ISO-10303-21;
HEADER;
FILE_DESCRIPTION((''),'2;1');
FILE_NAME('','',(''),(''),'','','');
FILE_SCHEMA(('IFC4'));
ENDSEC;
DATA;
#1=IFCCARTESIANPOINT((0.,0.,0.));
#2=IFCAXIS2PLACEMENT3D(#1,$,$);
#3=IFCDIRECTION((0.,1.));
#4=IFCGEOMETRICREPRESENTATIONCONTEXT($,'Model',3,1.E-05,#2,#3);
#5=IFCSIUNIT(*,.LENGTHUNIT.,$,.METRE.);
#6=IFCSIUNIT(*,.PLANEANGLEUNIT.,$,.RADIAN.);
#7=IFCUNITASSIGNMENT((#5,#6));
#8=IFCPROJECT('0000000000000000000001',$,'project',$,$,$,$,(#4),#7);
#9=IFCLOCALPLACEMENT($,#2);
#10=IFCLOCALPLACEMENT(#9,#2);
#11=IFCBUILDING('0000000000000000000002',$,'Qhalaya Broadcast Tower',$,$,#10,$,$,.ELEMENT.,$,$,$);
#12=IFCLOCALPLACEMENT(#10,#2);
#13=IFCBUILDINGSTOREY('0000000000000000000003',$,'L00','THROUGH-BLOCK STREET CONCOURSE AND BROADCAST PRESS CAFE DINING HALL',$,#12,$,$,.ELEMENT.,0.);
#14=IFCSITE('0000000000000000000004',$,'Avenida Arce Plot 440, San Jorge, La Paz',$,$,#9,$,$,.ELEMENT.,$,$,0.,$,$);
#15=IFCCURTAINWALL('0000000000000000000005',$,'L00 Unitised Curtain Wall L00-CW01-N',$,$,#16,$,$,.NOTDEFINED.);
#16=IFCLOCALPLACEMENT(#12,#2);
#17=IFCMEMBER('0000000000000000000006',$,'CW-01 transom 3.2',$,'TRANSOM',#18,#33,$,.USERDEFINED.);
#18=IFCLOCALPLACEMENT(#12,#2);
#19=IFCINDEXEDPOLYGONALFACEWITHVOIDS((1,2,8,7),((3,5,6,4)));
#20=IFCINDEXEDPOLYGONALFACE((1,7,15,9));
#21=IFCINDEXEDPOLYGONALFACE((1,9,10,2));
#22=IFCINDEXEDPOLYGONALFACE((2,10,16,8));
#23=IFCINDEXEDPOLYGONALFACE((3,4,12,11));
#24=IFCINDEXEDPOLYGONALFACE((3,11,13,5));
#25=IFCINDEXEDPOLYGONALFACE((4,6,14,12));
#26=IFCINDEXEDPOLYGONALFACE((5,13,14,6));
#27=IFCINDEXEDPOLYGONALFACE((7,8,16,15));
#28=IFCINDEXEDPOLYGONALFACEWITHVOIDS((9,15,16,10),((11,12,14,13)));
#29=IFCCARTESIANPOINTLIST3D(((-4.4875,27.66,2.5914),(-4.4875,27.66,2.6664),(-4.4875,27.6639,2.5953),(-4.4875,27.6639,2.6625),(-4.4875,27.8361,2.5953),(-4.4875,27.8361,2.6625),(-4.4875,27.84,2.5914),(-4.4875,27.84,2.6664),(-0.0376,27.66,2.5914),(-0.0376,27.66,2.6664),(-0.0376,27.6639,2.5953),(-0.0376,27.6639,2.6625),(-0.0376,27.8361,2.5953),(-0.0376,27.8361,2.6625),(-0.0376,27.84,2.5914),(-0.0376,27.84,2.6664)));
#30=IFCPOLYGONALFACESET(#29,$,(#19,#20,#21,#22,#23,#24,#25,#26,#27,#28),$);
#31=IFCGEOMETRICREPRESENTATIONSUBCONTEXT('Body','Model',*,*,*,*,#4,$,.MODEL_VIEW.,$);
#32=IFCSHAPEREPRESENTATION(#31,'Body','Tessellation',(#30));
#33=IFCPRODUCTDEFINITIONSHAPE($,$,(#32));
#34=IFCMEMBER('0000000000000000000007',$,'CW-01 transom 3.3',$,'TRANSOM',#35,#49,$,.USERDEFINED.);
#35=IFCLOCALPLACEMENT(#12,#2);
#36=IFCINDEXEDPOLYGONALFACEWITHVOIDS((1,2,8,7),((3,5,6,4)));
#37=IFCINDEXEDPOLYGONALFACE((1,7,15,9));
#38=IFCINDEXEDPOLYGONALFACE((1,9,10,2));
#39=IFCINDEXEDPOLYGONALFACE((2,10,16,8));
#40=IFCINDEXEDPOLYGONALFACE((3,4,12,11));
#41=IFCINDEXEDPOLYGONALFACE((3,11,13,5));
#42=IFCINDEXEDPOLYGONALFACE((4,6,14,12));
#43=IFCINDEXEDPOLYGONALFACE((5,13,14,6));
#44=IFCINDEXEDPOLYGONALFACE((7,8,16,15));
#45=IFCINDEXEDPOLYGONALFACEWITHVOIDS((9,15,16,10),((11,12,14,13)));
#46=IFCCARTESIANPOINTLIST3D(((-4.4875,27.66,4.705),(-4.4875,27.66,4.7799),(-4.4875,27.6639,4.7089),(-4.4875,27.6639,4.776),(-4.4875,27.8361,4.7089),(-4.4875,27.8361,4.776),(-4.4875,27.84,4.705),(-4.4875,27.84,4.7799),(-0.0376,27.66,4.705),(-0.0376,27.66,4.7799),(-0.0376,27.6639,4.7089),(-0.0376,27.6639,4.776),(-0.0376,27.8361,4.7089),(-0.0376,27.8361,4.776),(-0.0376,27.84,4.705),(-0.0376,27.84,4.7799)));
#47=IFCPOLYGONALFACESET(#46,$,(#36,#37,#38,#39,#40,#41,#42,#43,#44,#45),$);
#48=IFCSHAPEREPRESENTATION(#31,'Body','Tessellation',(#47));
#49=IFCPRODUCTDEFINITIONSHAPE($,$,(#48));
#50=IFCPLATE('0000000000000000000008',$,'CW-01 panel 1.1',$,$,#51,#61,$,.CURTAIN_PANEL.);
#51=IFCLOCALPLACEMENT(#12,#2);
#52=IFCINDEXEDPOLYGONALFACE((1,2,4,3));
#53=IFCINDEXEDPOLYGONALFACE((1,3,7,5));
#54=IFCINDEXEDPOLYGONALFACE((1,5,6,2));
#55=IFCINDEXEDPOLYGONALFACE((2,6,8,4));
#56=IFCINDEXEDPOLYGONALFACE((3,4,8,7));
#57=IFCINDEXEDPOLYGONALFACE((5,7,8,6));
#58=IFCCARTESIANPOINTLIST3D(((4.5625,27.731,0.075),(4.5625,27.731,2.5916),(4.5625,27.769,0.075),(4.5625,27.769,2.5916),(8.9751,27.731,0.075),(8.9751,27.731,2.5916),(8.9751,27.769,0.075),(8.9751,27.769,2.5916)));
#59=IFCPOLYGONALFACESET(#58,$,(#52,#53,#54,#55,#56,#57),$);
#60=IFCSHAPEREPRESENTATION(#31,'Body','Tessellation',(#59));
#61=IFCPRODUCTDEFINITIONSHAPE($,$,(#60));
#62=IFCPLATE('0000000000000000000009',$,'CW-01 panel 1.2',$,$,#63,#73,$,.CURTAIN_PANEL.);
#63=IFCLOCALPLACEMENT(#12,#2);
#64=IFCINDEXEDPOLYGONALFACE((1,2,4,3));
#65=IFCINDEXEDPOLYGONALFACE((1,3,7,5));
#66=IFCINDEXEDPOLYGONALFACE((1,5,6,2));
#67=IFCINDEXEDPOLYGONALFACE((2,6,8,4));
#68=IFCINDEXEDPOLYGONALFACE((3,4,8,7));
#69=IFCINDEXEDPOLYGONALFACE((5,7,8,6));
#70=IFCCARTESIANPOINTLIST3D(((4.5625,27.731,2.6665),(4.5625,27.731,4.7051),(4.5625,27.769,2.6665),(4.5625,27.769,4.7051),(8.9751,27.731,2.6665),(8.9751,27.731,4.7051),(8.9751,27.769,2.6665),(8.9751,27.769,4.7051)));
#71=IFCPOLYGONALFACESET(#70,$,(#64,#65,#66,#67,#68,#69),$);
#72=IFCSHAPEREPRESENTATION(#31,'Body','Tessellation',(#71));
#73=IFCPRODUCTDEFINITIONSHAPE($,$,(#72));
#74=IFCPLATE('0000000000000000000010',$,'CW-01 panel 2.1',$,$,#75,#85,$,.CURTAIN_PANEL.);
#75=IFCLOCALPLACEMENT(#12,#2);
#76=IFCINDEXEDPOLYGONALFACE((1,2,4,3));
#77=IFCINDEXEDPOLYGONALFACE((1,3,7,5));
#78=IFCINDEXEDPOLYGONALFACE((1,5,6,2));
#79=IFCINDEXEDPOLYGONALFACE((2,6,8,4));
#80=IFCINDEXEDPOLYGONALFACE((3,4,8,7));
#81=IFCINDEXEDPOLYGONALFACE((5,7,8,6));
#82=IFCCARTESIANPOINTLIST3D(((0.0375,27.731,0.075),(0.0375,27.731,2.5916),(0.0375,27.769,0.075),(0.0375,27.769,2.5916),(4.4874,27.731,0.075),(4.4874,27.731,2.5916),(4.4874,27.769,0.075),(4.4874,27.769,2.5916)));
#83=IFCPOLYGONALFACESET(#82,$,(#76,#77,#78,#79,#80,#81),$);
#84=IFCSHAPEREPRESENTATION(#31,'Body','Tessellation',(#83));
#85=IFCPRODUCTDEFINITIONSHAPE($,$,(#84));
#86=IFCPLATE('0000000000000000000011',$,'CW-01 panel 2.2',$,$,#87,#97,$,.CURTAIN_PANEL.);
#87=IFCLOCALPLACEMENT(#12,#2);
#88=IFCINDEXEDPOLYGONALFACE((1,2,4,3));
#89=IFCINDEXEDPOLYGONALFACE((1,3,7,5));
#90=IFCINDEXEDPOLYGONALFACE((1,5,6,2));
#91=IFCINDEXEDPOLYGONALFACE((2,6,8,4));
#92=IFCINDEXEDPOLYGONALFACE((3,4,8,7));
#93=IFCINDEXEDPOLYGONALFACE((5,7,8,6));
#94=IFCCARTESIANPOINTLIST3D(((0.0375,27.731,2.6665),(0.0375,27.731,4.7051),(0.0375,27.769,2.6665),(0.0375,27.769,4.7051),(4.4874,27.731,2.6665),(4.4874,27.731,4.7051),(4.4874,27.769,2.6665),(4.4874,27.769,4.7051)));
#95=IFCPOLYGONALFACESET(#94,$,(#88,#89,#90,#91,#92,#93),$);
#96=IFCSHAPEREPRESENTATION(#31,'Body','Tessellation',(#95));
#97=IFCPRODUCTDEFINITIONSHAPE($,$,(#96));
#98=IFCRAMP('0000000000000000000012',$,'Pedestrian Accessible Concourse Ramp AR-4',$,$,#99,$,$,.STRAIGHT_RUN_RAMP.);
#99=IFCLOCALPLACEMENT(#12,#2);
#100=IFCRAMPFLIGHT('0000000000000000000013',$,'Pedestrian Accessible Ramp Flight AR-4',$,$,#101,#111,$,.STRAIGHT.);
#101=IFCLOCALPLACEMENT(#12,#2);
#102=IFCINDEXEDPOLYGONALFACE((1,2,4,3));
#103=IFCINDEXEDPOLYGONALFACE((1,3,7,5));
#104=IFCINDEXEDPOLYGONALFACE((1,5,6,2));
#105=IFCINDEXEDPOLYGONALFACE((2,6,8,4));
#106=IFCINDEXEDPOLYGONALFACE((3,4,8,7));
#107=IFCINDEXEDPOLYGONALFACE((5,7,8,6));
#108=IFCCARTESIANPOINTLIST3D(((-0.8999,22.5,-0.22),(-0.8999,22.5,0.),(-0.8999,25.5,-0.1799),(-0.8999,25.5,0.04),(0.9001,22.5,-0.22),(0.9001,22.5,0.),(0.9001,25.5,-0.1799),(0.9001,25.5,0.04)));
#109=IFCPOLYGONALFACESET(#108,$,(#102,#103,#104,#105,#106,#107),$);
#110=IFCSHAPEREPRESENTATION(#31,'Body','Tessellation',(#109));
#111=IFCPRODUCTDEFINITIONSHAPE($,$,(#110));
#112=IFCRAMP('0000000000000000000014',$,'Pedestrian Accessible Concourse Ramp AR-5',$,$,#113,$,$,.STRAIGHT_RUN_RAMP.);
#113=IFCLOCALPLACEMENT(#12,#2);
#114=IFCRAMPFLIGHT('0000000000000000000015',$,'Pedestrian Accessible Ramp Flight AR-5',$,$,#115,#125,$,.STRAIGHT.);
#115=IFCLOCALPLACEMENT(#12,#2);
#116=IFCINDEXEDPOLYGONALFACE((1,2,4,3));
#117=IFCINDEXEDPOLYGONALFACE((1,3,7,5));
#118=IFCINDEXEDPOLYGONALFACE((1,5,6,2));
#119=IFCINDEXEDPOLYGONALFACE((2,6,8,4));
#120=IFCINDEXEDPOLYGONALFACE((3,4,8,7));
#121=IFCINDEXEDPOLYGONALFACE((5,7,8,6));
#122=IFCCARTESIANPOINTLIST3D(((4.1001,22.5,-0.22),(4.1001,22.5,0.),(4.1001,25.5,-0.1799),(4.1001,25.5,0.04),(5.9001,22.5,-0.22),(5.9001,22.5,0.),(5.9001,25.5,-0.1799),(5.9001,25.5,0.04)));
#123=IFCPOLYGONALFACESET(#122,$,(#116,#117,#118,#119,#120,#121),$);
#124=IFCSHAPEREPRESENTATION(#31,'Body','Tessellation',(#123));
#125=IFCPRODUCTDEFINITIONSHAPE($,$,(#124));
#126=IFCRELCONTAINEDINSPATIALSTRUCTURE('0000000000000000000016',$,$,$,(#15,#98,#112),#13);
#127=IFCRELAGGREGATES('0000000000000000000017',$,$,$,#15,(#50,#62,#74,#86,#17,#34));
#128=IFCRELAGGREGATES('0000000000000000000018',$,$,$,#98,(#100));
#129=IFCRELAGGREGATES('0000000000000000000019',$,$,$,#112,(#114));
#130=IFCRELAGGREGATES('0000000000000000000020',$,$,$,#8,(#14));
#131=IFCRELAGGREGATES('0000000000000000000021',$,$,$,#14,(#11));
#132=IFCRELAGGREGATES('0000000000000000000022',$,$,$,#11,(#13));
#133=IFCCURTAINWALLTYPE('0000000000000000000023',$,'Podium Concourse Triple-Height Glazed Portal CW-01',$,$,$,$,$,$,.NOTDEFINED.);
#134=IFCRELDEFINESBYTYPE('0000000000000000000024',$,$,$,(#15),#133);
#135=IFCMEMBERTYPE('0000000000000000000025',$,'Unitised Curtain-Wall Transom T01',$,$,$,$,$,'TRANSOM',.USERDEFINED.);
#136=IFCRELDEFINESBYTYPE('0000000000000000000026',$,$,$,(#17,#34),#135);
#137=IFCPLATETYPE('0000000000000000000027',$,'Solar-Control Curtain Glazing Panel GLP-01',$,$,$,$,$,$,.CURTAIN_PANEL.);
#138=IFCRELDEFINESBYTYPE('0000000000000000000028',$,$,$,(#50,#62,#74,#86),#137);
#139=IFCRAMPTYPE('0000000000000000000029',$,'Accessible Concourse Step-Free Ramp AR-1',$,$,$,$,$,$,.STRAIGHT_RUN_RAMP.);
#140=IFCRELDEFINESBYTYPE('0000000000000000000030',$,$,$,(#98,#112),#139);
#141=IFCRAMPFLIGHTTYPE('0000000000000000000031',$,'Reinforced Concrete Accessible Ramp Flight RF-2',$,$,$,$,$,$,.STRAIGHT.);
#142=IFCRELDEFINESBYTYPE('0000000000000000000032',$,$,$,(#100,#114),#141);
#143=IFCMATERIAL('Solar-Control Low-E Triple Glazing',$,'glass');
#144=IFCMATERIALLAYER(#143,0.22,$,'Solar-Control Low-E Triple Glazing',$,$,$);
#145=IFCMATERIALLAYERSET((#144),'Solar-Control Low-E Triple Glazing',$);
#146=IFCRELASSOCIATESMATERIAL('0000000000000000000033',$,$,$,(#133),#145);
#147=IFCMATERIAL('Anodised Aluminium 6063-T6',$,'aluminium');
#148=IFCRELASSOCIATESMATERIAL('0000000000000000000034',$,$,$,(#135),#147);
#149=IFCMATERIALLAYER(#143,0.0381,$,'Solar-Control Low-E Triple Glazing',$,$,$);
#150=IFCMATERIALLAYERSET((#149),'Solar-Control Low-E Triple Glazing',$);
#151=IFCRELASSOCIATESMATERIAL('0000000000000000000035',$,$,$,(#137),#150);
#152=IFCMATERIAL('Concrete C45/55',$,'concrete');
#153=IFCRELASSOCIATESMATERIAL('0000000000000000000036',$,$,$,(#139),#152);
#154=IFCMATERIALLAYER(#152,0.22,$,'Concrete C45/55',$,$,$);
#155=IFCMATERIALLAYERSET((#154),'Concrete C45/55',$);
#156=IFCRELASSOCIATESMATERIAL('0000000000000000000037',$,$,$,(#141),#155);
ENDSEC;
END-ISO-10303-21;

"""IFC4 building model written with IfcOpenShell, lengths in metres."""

from ifc_helpers import new_model, si_unit, direction, frame, origin, origin_2d, place, context, subcontext, project, spatial, polyline, rectangle, hollow_rectangle, outline, extrude, material, layer, layer_set, material_profile, profile_set, type_object, element, aggregate, save


model = new_model("IFC4")

# Units and contexts
model_context = context("Model", 3, precision=1e-05, world=origin(), true_north=direction((0.0, 1.0)))
body_context = subcontext(model_context, "Body", "Model", "MODEL_VIEW")
ifc_project = project(units=[si_unit("LENGTHUNIT", "METRE"), si_unit("PLANEANGLEUNIT", "RADIAN")], contexts=[model_context])

# Site, building, storey
site_placement = place(None, origin())
site = spatial("IfcSite", under=ifc_project, at=site_placement, Name="Avenida Arce Plot 440, San Jorge, La Paz", CompositionType="ELEMENT", RefElevation=0.0)
building_placement = place(site_placement, origin())
building = spatial("IfcBuilding", under=site, at=building_placement, Name="Qhalaya Broadcast Tower", CompositionType="ELEMENT")
storey_placement = place(building_placement, origin())
storey = spatial("IfcBuildingStorey", under=building, at=storey_placement, Name="L00", Description="THROUGH-BLOCK STREET CONCOURSE AND BROADCAST PRESS CAFE DINING HALL", CompositionType="ELEMENT", Elevation=0.0)

# Curtain wall, members, plates
ifc_material_1 = material(Name="Solar-Control Low-E Triple Glazing", Category="glass")
ifc_layer_1 = layer(ifc_material_1, 0.22, Name="Solar-Control Low-E Triple Glazing")
ifc_layer_set_1 = layer_set([ifc_layer_1], Name="Solar-Control Low-E Triple Glazing")
curtain_wall_type = type_object("IfcCurtainWallType", Name="Podium Concourse Triple-Height Glazed Portal CW-01", PredefinedType="NOTDEFINED", material=ifc_layer_set_1)
curtain_wall_placement = place(storey_placement, origin())
curtain_wall = element("IfcCurtainWall", 1, at=curtain_wall_placement, inside=storey, type_object=curtain_wall_type, Name="L00 Unitised Curtain Wall L00-CW01-N", PredefinedType="NOTDEFINED")
ifc_material_2 = material(Name="Anodised Aluminium 6063-T6", Category="aluminium")
ifc_material_profile_1 = material_profile(ifc_material_2, hollow_rectangle(XDim=0.075, YDim=0.1799, WallThickness=0.0039, at=origin_2d()), Name="ALU-TRN 75x180x4")
ifc_profile_set_1 = profile_set([ifc_material_profile_1], Name="Anodised Aluminium 6063-T6")
member_type_1 = type_object("IfcMemberType", Name="Unitised Curtain-Wall Transom T01", ElementType="TRANSOM", PredefinedType="USERDEFINED", material=ifc_profile_set_1)
member_1_placement = place(storey_placement, frame((-0.0376, 27.75, 2.6289), z_axis=(-1.0, 0.0, 0.0), x_axis=(0.0, 0.0, 1.0)))
member_1 = element("IfcMember", 2, at=member_1_placement, type_object=member_type_1, Name="CW-01 transom 3.2", ObjectType="TRANSOM", PredefinedType="USERDEFINED", context=body_context, shape_type="SweptSolid", body=[
    extrude(hollow_rectangle(XDim=0.075, YDim=0.1799, WallThickness=0.0039, at=origin_2d()), origin(), (0.0, 0.0, 1.0), 4.45),
])
member_2_placement = place(storey_placement, frame((-0.0376, 27.75, 4.7424), z_axis=(-1.0, 0.0, 0.0), x_axis=(0.0, 0.0, 1.0)))
member_2 = element("IfcMember", 3, at=member_2_placement, type_object=member_type_1, Name="CW-01 transom 3.3", ObjectType="TRANSOM", PredefinedType="USERDEFINED", context=body_context, shape_type="SweptSolid", body=[
    extrude(hollow_rectangle(XDim=0.075, YDim=0.1799, WallThickness=0.0039, at=origin_2d()), origin(), (0.0, 0.0, 1.0), 4.45),
])
ifc_layer_2 = layer(ifc_material_1, 0.0381, Name="Solar-Control Low-E Triple Glazing")
ifc_layer_set_2 = layer_set([ifc_layer_2], Name="Solar-Control Low-E Triple Glazing")
plate_type = type_object("IfcPlateType", Name="Solar-Control Curtain Glazing Panel GLP-01", PredefinedType="CURTAIN_PANEL", material=ifc_layer_set_2)
plate_1_placement = place(storey_placement, frame((6.7688, 27.75, 0.075), z_axis=(0.0, 0.0, 1.0), x_axis=(-1.0, 0.0, 0.0)))
plate_1 = element("IfcPlate", 4, at=plate_1_placement, type_object=plate_type, Name="CW-01 panel 1.1", PredefinedType="CURTAIN_PANEL", context=body_context, shape_type="SweptSolid", body=[
    extrude(rectangle(XDim=4.4126, YDim=0.0381, at=origin_2d()), origin(), (0.0, 0.0, 1.0), 2.5166),
])
plate_2_placement = place(storey_placement, frame((6.7688, 27.75, 2.6665), z_axis=(0.0, 0.0, 1.0), x_axis=(-1.0, 0.0, 0.0)))
plate_2 = element("IfcPlate", 5, at=plate_2_placement, type_object=plate_type, Name="CW-01 panel 1.2", PredefinedType="CURTAIN_PANEL", context=body_context, shape_type="SweptSolid", body=[
    extrude(rectangle(XDim=4.4126, YDim=0.0381, at=origin_2d()), origin(), (0.0, 0.0, 1.0), 2.0386),
])
plate_3_placement = place(storey_placement, frame((2.2625, 27.75, 0.075), z_axis=(0.0, 0.0, 1.0), x_axis=(-1.0, 0.0, 0.0)))
plate_3 = element("IfcPlate", 6, at=plate_3_placement, type_object=plate_type, Name="CW-01 panel 2.1", PredefinedType="CURTAIN_PANEL", context=body_context, shape_type="SweptSolid", body=[
    extrude(rectangle(XDim=4.45, YDim=0.0381, at=origin_2d()), origin(), (0.0, 0.0, 1.0), 2.5166),
])
plate_4_placement = place(storey_placement, frame((2.2625, 27.75, 2.6665), z_axis=(0.0, 0.0, 1.0), x_axis=(-1.0, 0.0, 0.0)))
plate_4 = element("IfcPlate", 7, at=plate_4_placement, type_object=plate_type, Name="CW-01 panel 2.2", PredefinedType="CURTAIN_PANEL", context=body_context, shape_type="SweptSolid", body=[
    extrude(rectangle(XDim=4.45, YDim=0.0381, at=origin_2d()), origin(), (0.0, 0.0, 1.0), 2.0386),
])
aggregate(curtain_wall, [plate_1, plate_2, plate_3, plate_4, member_1, member_2])

# Ramps, ramp flights
ifc_material_3 = material(Name="Concrete C45/55", Category="concrete")
ramp_type = type_object("IfcRampType", Name="Accessible Concourse Step-Free Ramp AR-1", PredefinedType="STRAIGHT_RUN_RAMP", material=ifc_material_3)
ramp_1_placement = place(storey_placement, origin())
ramp_1 = element("IfcRamp", 8, at=ramp_1_placement, inside=storey, type_object=ramp_type, Name="Pedestrian Accessible Concourse Ramp AR-4", PredefinedType="STRAIGHT_RUN_RAMP")
ifc_layer_3 = layer(ifc_material_3, 0.22, Name="Concrete C45/55")
ifc_layer_set_3 = layer_set([ifc_layer_3], Name="Concrete C45/55")
ramp_flight_type = type_object("IfcRampFlightType", Name="Reinforced Concrete Accessible Ramp Flight RF-2", PredefinedType="STRAIGHT", material=ifc_layer_set_3)
ramp_flight_1_placement = place(storey_placement, frame((0.0, 22.5, 0.0), z_axis=(0.0, 0.0, 1.0), x_axis=(0.0, 1.0, 0.0)))
ramp_flight_1 = element("IfcRampFlight", 9, at=ramp_flight_1_placement, type_object=ramp_flight_type, Name="Pedestrian Accessible Ramp Flight AR-4", PredefinedType="STRAIGHT", context=body_context, shape_type="SweptSolid", body=[
    extrude(outline(polyline([(0.0, 0.0), (3.0, 0.04), (3.0, -0.1799), (0.0, -0.22), (0.0, 0.0)])), frame((0.0, 0.8999, 0.0), z_axis=(0.0, -1.0, 0.0), x_axis=(1.0, 0.0, 0.0)), (0.0, 0.0, 1.0), 1.8),
])
aggregate(ramp_1, [ramp_flight_1])
ramp_2_placement = place(storey_placement, origin())
ramp_2 = element("IfcRamp", 10, at=ramp_2_placement, inside=storey, type_object=ramp_type, Name="Pedestrian Accessible Concourse Ramp AR-5", PredefinedType="STRAIGHT_RUN_RAMP")
ramp_flight_2_placement = place(storey_placement, frame((5.0, 22.5, 0.0), z_axis=(0.0, 0.0, 1.0), x_axis=(0.0, 1.0, 0.0)))
ramp_flight_2 = element("IfcRampFlight", 11, at=ramp_flight_2_placement, type_object=ramp_flight_type, Name="Pedestrian Accessible Ramp Flight AR-5", PredefinedType="STRAIGHT", context=body_context, shape_type="SweptSolid", body=[
    extrude(outline(polyline([(0.0, 0.0), (3.0, 0.04), (3.0, -0.1799), (0.0, -0.22), (0.0, 0.0)])), frame((0.0, 0.8999, 0.0), z_axis=(0.0, -1.0, 0.0), x_axis=(1.0, 0.0, 0.0)), (0.0, 0.0, 1.0), 1.8),
])
aggregate(ramp_2, [ramp_flight_2])

save(model, "model.ifc")
